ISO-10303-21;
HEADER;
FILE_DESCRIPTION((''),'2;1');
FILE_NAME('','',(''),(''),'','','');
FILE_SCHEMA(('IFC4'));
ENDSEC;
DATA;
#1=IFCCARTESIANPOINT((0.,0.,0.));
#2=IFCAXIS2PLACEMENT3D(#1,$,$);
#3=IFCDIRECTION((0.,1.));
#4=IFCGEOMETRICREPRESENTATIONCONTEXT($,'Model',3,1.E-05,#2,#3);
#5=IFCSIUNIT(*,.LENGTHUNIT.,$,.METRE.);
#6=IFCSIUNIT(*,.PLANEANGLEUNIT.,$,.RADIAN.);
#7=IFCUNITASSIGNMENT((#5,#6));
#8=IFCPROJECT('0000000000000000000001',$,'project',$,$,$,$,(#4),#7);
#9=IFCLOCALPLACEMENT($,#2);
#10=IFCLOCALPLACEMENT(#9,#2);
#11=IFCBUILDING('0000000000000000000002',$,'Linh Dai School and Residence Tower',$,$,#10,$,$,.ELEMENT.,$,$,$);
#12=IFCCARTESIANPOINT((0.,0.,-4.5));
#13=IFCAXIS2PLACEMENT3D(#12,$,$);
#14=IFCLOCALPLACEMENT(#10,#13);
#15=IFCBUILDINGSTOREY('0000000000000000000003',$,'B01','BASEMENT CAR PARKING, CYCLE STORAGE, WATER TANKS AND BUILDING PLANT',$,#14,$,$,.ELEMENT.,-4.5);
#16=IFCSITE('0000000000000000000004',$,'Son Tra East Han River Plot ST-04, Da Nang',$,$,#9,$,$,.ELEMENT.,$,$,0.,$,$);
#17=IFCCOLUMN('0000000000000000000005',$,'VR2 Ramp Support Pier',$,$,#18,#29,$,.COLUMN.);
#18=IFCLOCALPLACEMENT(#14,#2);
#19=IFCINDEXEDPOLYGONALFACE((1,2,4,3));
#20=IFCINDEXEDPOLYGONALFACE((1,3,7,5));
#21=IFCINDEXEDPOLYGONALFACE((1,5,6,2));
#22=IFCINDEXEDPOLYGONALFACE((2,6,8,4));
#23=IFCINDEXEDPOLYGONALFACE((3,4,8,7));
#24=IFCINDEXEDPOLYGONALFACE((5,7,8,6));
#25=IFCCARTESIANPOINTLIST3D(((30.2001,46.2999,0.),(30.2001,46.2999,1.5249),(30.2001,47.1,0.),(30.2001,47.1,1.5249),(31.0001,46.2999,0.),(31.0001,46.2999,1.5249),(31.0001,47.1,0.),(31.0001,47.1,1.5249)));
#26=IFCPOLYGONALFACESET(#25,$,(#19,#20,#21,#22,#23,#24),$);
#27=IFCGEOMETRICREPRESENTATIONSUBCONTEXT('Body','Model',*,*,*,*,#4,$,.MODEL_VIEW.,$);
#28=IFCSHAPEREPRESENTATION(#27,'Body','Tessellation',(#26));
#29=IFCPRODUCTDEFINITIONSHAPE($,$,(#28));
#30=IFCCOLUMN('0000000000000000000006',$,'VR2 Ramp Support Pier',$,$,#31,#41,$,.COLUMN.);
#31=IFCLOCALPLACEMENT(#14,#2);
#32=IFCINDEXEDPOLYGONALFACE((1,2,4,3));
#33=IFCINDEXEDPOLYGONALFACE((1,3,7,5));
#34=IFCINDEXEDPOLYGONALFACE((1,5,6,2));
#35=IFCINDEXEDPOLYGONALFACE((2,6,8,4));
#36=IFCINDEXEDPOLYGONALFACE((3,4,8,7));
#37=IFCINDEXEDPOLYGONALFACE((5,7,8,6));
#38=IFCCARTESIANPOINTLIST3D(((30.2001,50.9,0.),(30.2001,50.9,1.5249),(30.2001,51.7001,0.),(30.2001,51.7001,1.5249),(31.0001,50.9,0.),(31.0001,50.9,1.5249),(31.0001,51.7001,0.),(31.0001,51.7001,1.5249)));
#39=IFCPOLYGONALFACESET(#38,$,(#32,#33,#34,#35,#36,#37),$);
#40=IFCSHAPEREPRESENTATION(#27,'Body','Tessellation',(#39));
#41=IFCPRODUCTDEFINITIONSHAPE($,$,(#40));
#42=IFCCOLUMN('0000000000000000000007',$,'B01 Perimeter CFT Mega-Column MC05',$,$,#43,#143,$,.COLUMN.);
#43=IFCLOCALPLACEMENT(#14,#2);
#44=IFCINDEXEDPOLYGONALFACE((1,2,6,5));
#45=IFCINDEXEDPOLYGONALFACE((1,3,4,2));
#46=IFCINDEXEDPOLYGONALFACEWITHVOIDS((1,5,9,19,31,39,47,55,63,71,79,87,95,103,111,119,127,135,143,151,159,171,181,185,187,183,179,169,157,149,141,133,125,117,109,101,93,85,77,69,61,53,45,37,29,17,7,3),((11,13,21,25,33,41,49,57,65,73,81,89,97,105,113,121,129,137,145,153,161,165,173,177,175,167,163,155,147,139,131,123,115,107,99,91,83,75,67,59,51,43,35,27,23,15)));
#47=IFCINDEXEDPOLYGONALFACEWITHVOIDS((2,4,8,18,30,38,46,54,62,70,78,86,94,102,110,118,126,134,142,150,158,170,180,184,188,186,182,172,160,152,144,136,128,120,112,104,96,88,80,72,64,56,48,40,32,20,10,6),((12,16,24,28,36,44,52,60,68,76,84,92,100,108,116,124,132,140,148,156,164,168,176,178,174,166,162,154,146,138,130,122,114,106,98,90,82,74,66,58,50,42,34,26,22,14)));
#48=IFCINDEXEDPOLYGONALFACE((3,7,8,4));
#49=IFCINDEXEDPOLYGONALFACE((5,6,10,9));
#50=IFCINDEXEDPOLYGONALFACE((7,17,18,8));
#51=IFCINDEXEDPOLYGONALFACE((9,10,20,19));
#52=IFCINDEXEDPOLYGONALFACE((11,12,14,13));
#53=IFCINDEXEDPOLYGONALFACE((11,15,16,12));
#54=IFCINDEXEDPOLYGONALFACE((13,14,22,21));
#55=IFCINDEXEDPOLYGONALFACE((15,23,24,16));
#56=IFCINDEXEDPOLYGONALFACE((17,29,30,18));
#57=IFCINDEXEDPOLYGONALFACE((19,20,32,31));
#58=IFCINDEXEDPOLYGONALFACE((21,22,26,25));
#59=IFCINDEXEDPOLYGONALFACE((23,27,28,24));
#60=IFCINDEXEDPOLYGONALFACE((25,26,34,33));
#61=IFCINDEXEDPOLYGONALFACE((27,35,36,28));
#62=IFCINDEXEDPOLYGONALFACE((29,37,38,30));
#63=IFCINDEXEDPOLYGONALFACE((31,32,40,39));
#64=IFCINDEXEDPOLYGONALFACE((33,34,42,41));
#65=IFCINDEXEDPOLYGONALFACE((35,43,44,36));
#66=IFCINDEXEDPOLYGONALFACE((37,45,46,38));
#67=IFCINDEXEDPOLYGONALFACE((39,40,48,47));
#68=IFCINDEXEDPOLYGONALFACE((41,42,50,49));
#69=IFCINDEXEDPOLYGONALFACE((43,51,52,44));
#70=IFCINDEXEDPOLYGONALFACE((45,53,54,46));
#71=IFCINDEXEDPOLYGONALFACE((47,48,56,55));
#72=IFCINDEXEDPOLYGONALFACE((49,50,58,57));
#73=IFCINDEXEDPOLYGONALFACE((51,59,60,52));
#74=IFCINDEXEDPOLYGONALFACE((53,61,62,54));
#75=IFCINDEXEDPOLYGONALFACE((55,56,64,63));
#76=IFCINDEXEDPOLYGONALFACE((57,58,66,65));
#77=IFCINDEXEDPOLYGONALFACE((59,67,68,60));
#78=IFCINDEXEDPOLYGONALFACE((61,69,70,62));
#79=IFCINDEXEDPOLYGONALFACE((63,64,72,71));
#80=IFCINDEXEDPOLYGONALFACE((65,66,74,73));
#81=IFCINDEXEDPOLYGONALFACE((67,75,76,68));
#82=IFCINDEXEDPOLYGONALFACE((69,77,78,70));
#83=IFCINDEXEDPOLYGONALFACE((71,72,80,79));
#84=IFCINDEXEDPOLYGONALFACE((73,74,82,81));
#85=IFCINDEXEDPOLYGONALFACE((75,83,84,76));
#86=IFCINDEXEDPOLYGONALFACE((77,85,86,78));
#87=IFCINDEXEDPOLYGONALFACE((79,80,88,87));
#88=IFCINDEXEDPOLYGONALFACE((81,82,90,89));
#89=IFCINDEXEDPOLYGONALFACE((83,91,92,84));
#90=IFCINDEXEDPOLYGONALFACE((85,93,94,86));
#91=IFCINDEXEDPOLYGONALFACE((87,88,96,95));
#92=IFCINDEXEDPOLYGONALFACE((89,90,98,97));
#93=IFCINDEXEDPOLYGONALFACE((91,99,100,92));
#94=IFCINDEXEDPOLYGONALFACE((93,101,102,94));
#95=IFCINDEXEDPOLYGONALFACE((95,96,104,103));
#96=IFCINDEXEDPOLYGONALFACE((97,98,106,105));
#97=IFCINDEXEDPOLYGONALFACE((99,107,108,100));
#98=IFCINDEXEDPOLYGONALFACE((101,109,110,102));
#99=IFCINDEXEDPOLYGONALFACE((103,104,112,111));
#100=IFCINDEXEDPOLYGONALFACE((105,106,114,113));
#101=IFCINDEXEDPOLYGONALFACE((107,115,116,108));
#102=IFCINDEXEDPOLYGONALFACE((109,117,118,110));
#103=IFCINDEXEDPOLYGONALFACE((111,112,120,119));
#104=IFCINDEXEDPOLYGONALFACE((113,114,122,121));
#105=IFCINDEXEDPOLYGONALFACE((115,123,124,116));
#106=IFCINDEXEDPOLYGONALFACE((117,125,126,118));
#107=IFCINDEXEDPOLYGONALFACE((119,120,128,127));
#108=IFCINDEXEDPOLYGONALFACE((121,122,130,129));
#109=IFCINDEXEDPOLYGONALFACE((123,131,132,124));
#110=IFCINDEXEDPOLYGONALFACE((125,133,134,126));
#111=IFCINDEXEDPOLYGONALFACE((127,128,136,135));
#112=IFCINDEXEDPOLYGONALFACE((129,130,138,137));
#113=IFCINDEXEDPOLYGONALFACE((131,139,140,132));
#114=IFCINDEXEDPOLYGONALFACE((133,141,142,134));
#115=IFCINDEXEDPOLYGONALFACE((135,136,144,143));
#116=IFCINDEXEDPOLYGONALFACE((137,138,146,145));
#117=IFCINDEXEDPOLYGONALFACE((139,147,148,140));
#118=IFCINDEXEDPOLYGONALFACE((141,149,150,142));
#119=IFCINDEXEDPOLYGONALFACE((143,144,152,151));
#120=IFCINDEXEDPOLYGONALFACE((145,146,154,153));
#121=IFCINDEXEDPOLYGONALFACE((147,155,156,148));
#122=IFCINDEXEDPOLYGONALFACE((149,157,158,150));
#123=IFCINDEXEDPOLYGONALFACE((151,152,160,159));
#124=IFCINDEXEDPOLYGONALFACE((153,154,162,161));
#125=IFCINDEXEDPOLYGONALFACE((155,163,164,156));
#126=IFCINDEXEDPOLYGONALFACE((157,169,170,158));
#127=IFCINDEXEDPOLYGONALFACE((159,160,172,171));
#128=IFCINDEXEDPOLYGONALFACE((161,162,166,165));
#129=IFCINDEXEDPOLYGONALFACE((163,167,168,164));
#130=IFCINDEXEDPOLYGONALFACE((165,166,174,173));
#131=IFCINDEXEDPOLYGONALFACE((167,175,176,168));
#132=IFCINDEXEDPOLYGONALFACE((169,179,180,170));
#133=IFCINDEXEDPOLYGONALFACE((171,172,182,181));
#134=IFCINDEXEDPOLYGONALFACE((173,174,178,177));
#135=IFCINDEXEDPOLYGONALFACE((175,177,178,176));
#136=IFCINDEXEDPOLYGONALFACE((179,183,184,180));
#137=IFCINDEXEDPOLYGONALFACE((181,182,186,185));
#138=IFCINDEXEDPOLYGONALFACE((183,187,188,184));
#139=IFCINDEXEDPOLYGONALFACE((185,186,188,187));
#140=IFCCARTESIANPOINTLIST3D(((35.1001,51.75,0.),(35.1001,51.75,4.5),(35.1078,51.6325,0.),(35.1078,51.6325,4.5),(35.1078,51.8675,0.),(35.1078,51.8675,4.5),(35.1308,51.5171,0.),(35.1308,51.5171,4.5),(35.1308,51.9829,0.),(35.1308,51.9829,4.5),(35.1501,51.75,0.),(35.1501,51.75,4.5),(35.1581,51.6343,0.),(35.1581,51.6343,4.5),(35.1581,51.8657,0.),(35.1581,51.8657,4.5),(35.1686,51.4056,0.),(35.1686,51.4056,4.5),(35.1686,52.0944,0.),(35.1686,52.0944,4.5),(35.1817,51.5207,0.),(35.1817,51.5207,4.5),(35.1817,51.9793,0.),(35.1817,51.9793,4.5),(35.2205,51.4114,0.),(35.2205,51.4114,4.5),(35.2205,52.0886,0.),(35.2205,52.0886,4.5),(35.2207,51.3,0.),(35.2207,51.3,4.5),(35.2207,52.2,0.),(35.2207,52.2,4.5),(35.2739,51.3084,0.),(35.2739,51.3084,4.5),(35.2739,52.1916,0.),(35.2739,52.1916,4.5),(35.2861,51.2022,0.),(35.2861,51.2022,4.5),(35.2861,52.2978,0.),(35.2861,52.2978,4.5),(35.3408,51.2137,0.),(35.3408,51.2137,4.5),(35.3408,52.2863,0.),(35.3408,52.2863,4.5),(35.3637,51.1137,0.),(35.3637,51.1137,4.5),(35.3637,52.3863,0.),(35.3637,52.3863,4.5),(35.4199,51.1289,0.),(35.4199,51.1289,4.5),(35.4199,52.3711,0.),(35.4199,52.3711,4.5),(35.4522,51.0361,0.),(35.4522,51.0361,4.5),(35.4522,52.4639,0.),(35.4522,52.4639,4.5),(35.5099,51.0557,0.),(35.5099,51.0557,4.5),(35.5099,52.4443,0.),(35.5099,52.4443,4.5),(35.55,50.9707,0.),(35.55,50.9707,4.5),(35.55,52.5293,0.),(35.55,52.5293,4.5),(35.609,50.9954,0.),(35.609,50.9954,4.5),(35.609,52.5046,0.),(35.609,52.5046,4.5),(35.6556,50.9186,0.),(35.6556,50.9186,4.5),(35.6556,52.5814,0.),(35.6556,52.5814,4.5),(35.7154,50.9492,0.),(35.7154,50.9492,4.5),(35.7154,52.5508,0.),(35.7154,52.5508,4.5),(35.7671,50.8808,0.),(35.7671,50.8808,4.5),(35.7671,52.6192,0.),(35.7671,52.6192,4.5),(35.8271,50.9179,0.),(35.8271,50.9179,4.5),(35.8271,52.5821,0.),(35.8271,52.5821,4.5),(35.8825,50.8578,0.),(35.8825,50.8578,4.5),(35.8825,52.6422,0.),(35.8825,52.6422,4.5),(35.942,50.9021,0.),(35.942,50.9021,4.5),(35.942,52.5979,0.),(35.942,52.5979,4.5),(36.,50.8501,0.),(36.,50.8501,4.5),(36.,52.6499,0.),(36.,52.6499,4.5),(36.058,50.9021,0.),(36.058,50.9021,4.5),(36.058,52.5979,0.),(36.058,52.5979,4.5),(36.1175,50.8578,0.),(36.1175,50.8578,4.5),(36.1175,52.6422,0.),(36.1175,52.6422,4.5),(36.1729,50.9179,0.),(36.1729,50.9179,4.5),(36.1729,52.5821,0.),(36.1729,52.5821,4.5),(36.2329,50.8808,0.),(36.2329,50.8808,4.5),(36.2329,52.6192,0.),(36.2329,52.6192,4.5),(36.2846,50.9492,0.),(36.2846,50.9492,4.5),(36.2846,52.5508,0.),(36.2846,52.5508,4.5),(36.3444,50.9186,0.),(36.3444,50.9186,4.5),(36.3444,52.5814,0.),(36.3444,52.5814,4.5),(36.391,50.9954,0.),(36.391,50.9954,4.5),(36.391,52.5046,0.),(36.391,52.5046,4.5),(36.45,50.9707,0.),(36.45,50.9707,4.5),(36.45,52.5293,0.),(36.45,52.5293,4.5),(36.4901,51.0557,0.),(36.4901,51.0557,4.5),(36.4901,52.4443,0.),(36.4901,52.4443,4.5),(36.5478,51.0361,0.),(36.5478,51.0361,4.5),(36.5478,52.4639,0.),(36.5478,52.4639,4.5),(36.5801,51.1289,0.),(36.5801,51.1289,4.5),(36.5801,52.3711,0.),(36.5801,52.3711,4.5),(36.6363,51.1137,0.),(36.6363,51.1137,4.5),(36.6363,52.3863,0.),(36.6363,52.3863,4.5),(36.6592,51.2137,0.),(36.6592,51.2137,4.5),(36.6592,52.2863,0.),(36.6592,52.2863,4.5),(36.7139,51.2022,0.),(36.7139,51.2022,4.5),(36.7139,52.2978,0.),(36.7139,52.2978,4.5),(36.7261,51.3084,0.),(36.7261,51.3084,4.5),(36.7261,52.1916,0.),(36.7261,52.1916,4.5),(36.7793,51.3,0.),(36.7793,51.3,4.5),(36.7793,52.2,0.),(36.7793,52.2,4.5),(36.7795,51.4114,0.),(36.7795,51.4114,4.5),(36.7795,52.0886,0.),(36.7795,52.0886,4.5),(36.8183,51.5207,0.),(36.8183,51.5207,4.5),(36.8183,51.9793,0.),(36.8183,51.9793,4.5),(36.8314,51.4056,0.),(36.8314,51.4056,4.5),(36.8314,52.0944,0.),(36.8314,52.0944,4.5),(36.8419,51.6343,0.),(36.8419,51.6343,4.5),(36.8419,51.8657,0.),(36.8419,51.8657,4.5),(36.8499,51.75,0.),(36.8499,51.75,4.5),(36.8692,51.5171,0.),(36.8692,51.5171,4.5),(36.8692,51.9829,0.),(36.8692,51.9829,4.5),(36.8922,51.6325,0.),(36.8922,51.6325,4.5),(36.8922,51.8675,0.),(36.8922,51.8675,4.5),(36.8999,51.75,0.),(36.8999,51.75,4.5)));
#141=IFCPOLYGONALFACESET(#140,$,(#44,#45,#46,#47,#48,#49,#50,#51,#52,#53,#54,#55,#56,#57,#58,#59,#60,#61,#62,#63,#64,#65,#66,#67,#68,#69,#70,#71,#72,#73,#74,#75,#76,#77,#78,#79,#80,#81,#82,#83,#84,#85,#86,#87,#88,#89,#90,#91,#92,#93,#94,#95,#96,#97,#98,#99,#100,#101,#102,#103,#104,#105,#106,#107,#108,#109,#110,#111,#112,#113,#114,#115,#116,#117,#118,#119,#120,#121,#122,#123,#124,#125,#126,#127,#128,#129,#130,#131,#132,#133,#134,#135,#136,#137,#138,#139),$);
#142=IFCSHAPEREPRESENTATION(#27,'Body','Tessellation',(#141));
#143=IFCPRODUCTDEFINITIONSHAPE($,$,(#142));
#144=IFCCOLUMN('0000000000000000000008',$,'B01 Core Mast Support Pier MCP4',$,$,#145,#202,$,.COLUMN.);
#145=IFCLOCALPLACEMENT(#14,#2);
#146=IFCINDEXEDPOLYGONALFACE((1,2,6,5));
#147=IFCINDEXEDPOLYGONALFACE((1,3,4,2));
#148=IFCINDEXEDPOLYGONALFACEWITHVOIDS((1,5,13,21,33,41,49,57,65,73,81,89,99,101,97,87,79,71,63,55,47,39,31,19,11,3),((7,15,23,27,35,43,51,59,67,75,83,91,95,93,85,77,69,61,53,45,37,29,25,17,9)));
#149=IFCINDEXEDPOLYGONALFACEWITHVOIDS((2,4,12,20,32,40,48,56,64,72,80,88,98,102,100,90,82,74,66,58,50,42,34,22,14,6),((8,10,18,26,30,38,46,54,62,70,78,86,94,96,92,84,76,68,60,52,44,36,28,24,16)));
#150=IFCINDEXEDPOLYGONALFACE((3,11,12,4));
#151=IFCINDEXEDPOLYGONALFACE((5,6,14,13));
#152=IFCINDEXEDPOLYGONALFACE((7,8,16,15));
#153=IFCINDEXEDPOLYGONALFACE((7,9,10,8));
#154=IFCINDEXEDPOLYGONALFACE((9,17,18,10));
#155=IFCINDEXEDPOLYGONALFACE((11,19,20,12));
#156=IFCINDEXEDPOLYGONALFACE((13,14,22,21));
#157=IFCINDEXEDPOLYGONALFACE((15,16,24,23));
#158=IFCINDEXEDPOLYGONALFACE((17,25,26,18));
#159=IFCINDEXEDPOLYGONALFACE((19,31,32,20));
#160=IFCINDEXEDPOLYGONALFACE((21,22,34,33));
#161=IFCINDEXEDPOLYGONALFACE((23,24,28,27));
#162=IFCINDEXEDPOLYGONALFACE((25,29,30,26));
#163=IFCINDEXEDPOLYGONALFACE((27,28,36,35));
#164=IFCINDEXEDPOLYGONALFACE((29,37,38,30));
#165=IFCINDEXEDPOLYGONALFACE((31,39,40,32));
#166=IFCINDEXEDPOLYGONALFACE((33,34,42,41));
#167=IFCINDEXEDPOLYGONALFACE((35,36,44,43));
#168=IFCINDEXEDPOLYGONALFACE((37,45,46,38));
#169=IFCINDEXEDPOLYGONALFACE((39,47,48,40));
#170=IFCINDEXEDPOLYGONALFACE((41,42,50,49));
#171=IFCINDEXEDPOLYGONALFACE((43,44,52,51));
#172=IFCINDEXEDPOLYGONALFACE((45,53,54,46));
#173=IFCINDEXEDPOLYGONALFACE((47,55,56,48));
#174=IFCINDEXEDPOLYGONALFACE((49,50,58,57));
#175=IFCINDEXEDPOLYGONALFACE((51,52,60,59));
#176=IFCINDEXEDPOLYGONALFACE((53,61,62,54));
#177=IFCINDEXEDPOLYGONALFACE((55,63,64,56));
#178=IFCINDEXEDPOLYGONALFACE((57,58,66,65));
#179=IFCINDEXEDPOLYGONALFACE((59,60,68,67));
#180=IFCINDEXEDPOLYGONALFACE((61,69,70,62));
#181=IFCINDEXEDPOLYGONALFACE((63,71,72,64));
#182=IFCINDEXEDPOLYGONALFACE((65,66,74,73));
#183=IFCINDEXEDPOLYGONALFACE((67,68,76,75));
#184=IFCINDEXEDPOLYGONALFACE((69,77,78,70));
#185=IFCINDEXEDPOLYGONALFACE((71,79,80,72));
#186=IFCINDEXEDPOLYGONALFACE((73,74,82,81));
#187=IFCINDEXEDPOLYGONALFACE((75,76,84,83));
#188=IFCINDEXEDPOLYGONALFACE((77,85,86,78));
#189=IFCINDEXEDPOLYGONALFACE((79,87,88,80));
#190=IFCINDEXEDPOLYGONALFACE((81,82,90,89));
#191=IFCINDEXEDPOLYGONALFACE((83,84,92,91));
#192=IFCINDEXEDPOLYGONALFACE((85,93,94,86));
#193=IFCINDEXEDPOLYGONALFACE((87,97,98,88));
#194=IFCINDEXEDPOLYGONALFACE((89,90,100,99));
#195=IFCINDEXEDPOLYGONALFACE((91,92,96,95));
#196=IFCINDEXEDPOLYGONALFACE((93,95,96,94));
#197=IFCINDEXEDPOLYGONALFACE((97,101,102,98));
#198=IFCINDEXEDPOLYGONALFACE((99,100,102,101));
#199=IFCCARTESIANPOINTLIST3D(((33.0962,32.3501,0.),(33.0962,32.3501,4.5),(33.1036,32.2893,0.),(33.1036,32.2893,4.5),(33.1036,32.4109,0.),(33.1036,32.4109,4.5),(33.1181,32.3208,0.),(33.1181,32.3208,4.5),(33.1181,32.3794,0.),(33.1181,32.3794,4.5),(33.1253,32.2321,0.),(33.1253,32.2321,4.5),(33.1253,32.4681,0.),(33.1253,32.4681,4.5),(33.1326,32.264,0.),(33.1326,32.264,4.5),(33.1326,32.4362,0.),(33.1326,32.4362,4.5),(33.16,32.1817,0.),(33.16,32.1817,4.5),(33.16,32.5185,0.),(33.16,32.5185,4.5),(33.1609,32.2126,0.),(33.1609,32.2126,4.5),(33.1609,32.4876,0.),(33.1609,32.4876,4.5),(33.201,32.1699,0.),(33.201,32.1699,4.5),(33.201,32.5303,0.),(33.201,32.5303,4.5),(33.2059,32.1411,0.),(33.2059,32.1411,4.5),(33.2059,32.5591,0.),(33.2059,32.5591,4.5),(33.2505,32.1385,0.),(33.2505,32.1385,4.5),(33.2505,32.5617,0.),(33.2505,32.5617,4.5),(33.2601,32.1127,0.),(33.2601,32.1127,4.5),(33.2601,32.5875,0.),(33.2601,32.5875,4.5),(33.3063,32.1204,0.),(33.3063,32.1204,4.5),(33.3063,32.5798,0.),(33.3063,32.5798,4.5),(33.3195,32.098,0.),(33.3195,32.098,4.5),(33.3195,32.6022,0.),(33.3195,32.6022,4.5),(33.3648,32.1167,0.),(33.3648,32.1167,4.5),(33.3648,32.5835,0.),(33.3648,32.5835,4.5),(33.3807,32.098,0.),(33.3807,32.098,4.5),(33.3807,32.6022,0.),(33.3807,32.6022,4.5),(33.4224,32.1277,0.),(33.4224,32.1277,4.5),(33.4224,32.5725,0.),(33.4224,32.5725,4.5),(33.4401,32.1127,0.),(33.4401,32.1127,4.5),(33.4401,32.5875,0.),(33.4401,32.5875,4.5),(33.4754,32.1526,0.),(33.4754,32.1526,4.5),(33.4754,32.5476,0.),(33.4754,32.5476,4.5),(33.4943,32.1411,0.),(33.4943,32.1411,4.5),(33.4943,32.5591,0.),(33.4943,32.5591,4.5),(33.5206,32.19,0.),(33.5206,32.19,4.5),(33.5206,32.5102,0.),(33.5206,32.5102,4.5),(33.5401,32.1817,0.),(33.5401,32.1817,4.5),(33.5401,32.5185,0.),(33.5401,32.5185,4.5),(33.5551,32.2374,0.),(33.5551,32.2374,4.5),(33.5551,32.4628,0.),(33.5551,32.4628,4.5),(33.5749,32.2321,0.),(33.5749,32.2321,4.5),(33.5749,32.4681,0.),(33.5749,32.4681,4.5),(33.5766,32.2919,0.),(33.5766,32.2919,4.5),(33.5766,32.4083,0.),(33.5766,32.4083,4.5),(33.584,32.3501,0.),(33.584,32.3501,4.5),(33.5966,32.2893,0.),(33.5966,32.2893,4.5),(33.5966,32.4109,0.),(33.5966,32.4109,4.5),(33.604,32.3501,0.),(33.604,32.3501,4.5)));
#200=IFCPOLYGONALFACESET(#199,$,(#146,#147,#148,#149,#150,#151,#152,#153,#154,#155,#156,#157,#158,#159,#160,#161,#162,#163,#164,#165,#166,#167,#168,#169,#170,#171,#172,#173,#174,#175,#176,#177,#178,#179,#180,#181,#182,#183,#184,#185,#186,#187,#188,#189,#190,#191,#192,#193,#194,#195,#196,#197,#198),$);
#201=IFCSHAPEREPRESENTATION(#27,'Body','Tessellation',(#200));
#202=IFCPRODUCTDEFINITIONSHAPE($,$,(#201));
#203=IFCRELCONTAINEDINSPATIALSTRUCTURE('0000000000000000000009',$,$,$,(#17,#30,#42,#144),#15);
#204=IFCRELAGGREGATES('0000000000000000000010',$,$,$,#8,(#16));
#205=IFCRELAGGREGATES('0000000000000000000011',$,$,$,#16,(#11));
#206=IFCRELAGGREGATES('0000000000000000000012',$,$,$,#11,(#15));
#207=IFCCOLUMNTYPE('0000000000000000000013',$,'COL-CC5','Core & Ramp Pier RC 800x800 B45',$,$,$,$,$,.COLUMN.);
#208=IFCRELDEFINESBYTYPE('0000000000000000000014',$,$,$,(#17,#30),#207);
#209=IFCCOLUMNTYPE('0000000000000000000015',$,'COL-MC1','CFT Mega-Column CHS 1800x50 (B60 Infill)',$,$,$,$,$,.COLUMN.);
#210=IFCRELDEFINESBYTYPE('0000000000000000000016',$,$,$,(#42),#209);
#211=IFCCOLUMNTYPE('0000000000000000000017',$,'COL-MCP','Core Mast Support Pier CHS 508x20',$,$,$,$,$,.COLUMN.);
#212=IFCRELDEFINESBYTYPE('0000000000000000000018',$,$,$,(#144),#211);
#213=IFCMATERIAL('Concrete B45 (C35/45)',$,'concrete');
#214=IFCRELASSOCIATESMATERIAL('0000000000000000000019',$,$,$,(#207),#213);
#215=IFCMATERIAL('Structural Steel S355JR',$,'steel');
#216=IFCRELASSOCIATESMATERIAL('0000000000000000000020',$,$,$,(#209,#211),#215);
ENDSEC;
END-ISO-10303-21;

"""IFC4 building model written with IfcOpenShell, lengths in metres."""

from ifc_helpers import new_model, si_unit, direction, frame, origin, origin_2d, place, context, subcontext, project, spatial, rectangle, hollow_circle, extrude, material, material_profile, profile_set, type_object, element, save


model = new_model("IFC4")

# Units and contexts
model_context = context("Model", 3, precision=1e-05, world=origin(), true_north=direction((0.0, 1.0)))
body_context = subcontext(model_context, "Body", "Model", "MODEL_VIEW")
ifc_project = project(units=[si_unit("LENGTHUNIT", "METRE"), si_unit("PLANEANGLEUNIT", "RADIAN")], contexts=[model_context])

# Site, building, storey
site_placement = place(None, origin())
site = spatial("IfcSite", under=ifc_project, at=site_placement, Name="Son Tra East Han River Plot ST-04, Da Nang", CompositionType="ELEMENT", RefElevation=0.0)
building_placement = place(site_placement, origin())
building = spatial("IfcBuilding", under=site, at=building_placement, Name="Linh Dai School and Residence Tower", CompositionType="ELEMENT")
storey_placement = place(building_placement, frame((0.0, 0.0, -4.5)))
storey = spatial("IfcBuildingStorey", under=building, at=storey_placement, Name="B01", Description="BASEMENT CAR PARKING, CYCLE STORAGE, WATER TANKS AND BUILDING PLANT", CompositionType="ELEMENT", Elevation=-4.5)

# Columns
ifc_material_1 = material(Name="Concrete B45 (C35/45)", Category="concrete")
ifc_material_profile_1 = material_profile(ifc_material_1, rectangle(XDim=0.8, YDim=0.8, at=origin_2d()), Name="RC 800x800")
ifc_profile_set_1 = profile_set([ifc_material_profile_1], Name="Concrete B45 (C35/45)")
column_type_1 = type_object("IfcColumnType", Name="COL-CC5", Description="Core & Ramp Pier RC 800x800 B45", PredefinedType="COLUMN", material=ifc_profile_set_1)
for number, where, z_axis, x_axis, name in (
    (1, (30.6001, 46.7, 0.0), (0.0, 0.0, 1.0), (1.0, 0.0, 0.0), "VR2 Ramp Support Pier"),
    (2, (30.6001, 51.3, 0.0), (0.0, 0.0, 1.0), (1.0, 0.0, 0.0), "VR2 Ramp Support Pier"),
):
    element("IfcColumn", number, at=place(storey_placement, frame(where, z_axis=z_axis, x_axis=x_axis)), inside=storey, type_object=column_type_1, Name=name, PredefinedType="COLUMN", context=body_context, shape_type="SweptSolid", body=[
        extrude(rectangle(XDim=0.8, YDim=0.8, at=origin_2d()), origin(), (0.0, 0.0, 1.0), 1.5249),
    ])
ifc_material_2 = material(Name="Structural Steel S355JR", Category="steel")
ifc_material_profile_2 = material_profile(ifc_material_2, hollow_circle(Radius=0.8999, WallThickness=0.05, at=origin_2d()), Name="CHS 1800x50")
ifc_profile_set_2 = profile_set([ifc_material_profile_2], Name="Structural Steel S355JR")
column_type_2 = type_object("IfcColumnType", Name="COL-MC1", Description="CFT Mega-Column CHS 1800x50 (B60 Infill)", PredefinedType="COLUMN", material=ifc_profile_set_2)
column_1_placement = place(storey_placement, frame((36.0, 51.75, 0.0), z_axis=(0.0, 0.0, 1.0), x_axis=(1.0, 0.0, 0.0)))
element("IfcColumn", 3, at=column_1_placement, inside=storey, type_object=column_type_2, Name="B01 Perimeter CFT Mega-Column MC05", PredefinedType="COLUMN", context=body_context, shape_type="SweptSolid", body=[
    extrude(hollow_circle(Radius=0.8999, WallThickness=0.05, at=origin_2d()), origin(), (0.0, 0.0, 1.0), 4.5),
])
ifc_material_profile_3 = material_profile(ifc_material_2, hollow_circle(Radius=0.2539, WallThickness=0.02, at=origin_2d()), Name="CHS 508x20")
ifc_profile_set_3 = profile_set([ifc_material_profile_3], Name="Structural Steel S355JR")
column_type_3 = type_object("IfcColumnType", Name="COL-MCP", Description="Core Mast Support Pier CHS 508x20", PredefinedType="COLUMN", material=ifc_profile_set_3)
column_2_placement = place(storey_placement, frame((33.3501, 32.3501, 0.0), z_axis=(0.0, 0.0, 1.0), x_axis=(1.0, 0.0, 0.0)))
element("IfcColumn", 4, at=column_2_placement, inside=storey, type_object=column_type_3, Name="B01 Core Mast Support Pier MCP4", PredefinedType="COLUMN", context=body_context, shape_type="SweptSolid", body=[
    extrude(hollow_circle(Radius=0.2539, WallThickness=0.02, at=origin_2d()), origin(), (0.0, 0.0, 1.0), 4.5),
])

save(model, "model.ifc")
